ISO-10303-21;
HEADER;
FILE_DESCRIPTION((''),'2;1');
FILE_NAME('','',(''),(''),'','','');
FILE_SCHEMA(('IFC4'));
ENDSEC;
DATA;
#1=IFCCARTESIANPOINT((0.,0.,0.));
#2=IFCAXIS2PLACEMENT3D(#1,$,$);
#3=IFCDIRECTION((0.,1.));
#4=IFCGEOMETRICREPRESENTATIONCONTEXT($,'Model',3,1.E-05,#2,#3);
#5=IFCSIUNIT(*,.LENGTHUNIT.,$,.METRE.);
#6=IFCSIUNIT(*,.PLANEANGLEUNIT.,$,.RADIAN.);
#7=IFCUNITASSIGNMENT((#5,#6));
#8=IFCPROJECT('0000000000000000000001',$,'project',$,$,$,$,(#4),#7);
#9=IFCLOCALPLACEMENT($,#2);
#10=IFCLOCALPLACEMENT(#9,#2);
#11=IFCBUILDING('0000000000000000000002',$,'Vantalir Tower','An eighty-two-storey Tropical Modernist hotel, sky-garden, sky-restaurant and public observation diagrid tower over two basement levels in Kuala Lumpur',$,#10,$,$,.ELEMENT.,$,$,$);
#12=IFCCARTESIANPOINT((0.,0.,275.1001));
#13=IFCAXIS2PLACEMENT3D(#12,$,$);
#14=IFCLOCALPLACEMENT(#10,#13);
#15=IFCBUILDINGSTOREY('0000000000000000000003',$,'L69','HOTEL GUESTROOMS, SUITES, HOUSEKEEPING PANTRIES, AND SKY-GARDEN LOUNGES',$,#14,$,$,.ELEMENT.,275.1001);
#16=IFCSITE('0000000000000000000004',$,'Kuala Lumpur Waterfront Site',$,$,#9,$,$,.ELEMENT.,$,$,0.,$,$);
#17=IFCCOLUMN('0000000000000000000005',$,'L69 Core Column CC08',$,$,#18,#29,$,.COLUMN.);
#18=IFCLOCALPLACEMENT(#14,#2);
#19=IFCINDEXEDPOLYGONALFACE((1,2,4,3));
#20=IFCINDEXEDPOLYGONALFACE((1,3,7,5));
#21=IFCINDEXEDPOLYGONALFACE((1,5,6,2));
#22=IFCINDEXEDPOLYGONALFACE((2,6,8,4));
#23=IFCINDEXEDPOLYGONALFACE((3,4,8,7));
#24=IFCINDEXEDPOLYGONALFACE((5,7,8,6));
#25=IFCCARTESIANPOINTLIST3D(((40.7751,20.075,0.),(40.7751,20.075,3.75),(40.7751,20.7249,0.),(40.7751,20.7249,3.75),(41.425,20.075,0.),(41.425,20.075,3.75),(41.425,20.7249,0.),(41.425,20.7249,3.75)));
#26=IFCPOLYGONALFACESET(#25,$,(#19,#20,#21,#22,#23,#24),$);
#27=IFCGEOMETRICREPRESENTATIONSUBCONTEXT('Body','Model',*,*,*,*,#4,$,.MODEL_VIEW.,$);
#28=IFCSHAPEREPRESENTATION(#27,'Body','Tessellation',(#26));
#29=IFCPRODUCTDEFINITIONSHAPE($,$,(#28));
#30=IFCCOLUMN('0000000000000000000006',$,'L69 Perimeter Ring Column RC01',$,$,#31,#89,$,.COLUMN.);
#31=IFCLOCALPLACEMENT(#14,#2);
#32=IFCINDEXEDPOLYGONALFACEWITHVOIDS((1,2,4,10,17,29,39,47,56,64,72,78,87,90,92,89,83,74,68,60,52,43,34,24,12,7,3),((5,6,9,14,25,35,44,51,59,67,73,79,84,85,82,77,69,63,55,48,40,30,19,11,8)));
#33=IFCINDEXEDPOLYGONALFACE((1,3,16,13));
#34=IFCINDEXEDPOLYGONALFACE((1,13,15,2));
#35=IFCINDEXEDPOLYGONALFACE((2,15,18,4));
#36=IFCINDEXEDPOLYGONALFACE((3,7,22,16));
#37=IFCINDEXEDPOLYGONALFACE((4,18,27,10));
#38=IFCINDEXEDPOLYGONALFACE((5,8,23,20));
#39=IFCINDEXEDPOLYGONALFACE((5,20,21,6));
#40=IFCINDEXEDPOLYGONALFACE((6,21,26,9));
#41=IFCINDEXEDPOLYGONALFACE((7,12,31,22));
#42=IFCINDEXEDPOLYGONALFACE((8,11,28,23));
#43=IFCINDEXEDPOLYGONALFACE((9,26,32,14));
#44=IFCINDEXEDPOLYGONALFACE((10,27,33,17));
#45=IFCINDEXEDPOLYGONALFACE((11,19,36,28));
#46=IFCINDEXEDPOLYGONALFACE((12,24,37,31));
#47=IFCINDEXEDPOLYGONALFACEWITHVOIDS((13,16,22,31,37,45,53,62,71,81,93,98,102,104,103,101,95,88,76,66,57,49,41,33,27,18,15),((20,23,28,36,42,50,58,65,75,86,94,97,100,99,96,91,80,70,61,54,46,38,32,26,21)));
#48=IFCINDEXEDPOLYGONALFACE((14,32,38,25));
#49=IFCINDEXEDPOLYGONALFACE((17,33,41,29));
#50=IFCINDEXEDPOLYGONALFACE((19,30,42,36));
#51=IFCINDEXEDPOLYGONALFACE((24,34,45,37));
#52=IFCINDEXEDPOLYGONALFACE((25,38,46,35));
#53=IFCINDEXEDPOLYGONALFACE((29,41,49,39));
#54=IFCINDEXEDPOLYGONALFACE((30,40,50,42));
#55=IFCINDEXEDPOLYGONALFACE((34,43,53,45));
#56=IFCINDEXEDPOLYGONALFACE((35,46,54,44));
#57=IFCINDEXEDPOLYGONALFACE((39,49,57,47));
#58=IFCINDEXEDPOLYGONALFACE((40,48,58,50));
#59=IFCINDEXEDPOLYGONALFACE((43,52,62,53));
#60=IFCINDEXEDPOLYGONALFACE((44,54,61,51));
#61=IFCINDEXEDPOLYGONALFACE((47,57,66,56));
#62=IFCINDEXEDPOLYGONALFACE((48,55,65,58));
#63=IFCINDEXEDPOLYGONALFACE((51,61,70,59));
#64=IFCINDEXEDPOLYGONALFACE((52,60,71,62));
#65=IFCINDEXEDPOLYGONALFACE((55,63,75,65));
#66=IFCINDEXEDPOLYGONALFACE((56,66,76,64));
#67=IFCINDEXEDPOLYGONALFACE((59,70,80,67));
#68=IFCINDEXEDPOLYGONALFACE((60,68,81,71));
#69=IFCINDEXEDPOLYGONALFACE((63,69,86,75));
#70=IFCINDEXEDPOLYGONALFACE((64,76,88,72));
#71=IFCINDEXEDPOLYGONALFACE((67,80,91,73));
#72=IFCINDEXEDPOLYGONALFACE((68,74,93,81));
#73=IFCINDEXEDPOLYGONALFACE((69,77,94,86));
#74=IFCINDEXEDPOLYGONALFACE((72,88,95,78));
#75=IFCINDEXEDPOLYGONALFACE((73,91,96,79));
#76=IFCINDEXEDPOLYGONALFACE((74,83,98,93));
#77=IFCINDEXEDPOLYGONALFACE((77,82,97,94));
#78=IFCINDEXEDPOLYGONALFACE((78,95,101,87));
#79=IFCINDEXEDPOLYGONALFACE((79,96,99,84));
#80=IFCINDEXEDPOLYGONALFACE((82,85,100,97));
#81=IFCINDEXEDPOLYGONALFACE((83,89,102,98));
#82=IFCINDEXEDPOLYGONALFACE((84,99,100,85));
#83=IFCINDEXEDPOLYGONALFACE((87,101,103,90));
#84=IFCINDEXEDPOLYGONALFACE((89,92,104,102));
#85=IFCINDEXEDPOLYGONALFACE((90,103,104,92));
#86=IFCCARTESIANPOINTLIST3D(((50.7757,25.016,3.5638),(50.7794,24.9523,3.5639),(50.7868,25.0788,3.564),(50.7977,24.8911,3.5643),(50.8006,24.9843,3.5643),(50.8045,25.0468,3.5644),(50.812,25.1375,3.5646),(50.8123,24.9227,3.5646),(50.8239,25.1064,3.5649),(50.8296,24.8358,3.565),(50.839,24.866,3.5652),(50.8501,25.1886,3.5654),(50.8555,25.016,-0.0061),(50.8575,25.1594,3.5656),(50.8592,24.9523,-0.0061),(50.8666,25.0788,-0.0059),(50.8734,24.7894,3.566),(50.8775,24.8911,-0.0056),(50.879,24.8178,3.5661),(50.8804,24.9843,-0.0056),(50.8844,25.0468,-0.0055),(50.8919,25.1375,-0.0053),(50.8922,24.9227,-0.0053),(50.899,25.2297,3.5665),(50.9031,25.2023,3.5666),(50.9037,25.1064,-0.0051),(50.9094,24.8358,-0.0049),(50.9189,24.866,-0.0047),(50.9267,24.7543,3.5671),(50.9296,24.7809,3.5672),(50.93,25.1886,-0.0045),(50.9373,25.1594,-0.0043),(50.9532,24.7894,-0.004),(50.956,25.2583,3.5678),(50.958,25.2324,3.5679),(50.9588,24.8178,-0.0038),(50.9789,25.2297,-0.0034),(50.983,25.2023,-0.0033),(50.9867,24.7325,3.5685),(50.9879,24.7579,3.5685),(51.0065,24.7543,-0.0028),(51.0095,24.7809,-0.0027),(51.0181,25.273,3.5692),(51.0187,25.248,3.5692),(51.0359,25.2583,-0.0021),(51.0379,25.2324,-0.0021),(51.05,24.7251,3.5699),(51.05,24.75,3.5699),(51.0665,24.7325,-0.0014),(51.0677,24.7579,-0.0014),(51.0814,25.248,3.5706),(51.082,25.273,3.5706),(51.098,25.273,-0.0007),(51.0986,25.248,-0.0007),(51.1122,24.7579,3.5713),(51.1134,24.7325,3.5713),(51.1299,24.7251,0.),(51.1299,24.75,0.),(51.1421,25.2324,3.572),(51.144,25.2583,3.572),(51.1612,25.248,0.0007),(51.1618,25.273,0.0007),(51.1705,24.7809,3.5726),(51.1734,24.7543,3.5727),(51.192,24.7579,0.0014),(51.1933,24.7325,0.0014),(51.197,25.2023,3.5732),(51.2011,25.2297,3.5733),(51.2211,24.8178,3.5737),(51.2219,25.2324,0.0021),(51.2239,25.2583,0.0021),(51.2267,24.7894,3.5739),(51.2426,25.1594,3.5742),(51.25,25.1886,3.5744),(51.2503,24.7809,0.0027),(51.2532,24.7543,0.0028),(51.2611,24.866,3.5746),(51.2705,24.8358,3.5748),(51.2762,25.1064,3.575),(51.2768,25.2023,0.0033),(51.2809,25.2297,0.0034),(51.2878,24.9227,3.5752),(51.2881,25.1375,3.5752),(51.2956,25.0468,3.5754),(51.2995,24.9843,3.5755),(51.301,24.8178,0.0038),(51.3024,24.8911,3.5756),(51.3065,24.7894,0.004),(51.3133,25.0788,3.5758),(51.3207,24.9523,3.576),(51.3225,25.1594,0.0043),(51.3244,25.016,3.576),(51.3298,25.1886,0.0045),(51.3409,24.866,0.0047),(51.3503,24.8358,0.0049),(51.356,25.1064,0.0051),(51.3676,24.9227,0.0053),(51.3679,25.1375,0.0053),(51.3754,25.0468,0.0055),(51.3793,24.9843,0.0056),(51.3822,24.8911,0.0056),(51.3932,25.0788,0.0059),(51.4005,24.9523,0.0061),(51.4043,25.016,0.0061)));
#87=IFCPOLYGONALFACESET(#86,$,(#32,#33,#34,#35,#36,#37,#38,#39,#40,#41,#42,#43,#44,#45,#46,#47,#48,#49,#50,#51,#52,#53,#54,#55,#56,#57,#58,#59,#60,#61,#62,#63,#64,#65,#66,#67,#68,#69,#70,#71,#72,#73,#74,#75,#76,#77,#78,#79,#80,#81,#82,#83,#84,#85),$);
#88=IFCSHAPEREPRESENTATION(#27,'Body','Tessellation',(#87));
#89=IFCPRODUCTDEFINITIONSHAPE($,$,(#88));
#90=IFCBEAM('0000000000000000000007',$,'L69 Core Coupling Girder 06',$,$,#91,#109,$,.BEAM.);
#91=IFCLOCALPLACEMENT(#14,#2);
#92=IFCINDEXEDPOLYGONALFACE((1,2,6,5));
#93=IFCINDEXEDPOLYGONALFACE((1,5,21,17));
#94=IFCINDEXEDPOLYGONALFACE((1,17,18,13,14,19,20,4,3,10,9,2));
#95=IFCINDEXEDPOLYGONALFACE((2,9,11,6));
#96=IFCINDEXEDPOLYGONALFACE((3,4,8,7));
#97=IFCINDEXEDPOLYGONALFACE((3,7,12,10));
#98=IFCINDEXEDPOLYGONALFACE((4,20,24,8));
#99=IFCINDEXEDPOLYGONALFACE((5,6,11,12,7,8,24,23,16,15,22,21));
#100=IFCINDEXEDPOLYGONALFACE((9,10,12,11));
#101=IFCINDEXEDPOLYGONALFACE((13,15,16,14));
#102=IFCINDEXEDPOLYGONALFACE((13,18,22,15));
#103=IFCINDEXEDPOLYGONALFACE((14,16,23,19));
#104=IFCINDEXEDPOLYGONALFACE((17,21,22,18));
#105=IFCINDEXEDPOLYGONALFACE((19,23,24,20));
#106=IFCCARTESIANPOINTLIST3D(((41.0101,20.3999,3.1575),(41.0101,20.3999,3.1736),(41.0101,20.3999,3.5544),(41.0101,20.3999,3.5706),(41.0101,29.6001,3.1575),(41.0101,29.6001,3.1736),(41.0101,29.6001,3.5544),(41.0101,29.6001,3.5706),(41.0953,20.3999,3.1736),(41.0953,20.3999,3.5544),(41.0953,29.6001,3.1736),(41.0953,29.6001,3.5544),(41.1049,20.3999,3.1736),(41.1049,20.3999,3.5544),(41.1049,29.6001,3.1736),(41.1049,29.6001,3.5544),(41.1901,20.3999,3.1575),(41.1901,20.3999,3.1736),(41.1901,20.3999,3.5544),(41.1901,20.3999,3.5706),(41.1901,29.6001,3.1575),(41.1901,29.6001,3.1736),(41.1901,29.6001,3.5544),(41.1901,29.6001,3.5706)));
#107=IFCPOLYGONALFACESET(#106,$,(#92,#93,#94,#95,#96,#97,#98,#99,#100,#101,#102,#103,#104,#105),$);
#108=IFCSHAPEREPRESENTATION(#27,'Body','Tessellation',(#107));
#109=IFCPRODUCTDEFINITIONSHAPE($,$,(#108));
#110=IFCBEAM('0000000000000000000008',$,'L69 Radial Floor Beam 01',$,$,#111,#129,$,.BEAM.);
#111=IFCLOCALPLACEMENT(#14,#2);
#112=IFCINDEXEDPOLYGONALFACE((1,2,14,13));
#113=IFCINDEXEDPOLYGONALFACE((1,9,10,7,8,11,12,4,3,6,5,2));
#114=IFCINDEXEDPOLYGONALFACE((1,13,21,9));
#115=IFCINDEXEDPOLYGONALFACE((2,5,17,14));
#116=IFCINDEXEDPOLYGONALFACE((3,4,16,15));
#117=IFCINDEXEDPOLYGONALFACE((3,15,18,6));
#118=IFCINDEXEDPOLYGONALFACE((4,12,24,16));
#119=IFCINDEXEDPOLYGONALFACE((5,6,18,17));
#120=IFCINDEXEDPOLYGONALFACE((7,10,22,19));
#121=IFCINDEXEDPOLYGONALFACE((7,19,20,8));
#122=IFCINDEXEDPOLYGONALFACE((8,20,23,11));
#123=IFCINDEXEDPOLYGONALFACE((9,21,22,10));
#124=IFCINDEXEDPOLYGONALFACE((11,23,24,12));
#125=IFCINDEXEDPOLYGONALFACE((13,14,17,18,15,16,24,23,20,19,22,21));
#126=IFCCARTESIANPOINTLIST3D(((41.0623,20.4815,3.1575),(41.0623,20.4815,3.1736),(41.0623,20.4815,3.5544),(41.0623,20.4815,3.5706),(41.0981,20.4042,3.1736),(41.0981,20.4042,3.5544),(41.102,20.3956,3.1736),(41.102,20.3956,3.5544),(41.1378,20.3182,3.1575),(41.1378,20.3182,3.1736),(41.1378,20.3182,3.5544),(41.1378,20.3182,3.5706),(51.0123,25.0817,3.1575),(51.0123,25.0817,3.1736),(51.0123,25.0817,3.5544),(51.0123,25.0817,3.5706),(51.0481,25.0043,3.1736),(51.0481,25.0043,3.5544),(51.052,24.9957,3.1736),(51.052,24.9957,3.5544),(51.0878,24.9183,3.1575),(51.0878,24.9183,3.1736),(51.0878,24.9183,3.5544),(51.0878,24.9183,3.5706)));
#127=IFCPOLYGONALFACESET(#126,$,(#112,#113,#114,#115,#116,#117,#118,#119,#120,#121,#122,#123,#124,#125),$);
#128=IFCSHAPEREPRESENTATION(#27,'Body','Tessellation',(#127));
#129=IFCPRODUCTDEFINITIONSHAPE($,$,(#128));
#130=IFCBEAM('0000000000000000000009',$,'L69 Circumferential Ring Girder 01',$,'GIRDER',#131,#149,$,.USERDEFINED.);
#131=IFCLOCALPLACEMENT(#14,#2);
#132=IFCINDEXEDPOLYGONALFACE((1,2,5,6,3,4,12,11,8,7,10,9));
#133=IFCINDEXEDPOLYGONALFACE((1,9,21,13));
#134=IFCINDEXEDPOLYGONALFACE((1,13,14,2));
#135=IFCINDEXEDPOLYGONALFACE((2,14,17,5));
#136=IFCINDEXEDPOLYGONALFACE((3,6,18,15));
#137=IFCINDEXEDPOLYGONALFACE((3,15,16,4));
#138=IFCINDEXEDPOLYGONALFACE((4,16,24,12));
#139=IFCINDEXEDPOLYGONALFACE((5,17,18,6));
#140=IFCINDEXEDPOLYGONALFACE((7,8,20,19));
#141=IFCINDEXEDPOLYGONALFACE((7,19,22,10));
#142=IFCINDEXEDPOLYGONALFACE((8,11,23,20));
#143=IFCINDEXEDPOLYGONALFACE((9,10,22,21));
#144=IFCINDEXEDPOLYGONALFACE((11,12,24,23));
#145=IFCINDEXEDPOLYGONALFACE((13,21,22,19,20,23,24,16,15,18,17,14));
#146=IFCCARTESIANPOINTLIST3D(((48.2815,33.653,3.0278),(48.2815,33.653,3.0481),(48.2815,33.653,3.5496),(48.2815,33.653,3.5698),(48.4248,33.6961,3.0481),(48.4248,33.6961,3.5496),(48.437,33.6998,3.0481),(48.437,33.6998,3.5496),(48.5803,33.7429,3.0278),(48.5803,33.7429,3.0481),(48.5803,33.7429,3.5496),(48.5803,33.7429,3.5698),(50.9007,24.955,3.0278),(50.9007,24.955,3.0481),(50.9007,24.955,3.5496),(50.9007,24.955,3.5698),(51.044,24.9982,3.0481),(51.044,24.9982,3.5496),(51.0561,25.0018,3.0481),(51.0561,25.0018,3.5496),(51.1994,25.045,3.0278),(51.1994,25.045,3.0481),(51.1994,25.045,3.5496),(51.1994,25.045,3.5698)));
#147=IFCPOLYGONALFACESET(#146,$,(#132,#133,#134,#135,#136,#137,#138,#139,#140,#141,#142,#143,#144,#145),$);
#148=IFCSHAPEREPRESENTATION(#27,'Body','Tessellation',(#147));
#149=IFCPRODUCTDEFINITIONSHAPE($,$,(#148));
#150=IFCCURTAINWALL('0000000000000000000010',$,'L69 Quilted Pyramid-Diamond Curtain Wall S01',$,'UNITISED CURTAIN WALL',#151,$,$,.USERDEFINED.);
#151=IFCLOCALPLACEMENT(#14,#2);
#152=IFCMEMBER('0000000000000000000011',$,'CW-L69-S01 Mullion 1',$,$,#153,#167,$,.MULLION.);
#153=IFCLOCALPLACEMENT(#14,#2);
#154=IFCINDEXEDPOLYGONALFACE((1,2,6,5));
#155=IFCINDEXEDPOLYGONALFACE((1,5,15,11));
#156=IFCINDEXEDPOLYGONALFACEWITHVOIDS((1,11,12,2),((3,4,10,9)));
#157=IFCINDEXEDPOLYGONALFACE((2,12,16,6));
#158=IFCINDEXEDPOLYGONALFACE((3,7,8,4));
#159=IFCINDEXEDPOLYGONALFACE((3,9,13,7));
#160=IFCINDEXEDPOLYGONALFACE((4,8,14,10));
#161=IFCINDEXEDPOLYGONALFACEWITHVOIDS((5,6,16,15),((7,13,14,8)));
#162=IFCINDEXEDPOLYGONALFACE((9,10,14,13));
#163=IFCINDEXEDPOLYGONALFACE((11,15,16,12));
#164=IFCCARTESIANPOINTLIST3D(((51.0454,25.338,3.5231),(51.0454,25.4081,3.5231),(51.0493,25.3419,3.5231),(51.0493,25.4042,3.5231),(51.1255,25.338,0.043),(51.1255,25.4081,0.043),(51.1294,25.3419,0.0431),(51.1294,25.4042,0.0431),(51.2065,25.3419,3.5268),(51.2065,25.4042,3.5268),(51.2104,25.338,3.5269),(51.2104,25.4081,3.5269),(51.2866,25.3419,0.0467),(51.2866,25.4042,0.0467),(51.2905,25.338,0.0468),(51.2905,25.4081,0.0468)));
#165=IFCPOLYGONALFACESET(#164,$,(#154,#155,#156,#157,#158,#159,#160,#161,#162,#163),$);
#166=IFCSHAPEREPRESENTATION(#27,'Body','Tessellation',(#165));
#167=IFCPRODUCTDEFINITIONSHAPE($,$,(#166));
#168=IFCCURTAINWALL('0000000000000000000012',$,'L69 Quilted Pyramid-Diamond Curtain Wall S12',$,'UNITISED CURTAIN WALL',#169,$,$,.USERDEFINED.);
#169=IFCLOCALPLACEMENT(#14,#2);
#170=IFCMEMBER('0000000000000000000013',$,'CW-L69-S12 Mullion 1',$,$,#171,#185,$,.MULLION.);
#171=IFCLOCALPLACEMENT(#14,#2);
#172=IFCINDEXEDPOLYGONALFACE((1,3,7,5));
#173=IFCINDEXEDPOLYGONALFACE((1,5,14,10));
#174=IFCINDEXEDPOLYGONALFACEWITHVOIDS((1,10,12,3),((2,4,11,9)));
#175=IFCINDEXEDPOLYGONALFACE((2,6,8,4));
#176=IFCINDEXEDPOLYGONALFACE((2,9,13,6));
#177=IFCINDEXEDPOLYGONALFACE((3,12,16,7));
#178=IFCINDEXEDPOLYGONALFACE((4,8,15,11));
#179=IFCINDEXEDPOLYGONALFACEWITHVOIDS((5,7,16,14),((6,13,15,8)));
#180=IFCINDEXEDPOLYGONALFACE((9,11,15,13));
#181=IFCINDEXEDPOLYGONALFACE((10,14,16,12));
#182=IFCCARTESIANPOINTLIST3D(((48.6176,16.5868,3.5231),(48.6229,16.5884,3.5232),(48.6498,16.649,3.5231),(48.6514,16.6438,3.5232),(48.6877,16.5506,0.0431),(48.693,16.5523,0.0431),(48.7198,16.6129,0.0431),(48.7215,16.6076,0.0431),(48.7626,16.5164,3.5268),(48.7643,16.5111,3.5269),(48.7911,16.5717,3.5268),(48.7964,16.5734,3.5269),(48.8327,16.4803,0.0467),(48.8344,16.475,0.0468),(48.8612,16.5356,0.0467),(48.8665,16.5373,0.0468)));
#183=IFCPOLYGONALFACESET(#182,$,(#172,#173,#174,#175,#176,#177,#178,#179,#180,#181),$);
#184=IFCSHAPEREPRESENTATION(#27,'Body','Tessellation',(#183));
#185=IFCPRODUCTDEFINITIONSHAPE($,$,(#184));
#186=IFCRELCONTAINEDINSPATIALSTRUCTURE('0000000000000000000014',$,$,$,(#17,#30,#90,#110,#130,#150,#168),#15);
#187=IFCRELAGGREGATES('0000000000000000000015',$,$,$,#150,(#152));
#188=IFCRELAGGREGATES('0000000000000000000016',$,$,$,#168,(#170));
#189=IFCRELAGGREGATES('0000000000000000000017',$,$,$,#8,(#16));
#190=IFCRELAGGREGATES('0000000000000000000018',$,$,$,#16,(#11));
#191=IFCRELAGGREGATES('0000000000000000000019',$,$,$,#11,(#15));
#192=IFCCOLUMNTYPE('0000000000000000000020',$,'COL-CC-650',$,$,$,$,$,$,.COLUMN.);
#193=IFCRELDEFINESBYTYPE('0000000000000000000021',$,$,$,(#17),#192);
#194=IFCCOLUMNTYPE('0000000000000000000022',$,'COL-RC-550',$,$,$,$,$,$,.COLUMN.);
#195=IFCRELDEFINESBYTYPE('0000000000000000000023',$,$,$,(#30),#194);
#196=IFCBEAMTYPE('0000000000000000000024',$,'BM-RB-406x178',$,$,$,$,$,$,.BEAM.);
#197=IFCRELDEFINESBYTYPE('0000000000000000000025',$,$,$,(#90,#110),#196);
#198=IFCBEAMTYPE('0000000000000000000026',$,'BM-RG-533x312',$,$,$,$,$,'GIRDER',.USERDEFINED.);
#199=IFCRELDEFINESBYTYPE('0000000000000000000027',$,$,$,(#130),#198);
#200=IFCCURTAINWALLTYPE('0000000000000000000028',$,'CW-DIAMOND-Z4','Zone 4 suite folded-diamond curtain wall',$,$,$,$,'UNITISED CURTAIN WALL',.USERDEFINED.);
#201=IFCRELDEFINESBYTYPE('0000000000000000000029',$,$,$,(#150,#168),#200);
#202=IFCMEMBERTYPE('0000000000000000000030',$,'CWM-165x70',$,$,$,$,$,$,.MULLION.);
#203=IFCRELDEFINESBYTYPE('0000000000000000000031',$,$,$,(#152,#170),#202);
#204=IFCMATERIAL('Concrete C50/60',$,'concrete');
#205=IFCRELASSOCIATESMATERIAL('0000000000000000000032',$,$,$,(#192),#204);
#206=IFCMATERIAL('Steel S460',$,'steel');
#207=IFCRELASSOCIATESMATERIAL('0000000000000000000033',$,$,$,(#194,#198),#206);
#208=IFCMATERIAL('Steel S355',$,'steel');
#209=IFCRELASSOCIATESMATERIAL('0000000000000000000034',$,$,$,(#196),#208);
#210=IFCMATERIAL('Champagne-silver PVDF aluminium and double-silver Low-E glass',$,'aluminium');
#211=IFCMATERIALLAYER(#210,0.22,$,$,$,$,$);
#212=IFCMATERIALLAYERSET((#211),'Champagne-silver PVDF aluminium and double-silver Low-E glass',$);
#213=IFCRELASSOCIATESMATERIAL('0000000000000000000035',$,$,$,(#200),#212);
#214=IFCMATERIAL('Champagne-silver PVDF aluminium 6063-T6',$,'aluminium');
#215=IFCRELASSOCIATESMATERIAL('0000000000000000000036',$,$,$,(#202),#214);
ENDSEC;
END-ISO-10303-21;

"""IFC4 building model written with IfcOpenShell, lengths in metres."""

from ifc_helpers import new_model, si_unit, direction, frame, origin, origin_2d, place, context, subcontext, project, spatial, rectangle, hollow_rectangle, hollow_circle, i_section, extrude, material, layer, layer_set, material_profile, profile_set, type_object, element, aggregate, save


model = new_model("IFC4")

# Units and contexts
model_context = context("Model", 3, precision=1e-05, world=origin(), true_north=direction((0.0, 1.0)))
body_context = subcontext(model_context, "Body", "Model", "MODEL_VIEW")
ifc_project = project(units=[si_unit("LENGTHUNIT", "METRE"), si_unit("PLANEANGLEUNIT", "RADIAN")], contexts=[model_context])

# Site, building, storey
site_placement = place(None, origin())
site = spatial("IfcSite", under=ifc_project, at=site_placement, Name="Kuala Lumpur Waterfront Site", CompositionType="ELEMENT", RefElevation=0.0)
building_placement = place(site_placement, origin())
building = spatial("IfcBuilding", under=site, at=building_placement, Name="Vantalir Tower", Description="An eighty-two-storey Tropical Modernist hotel, sky-garden, sky-restaurant and public observation diagrid tower over two basement levels in Kuala Lumpur", CompositionType="ELEMENT")
storey_placement = place(building_placement, frame((0.0, 0.0, 275.1001)))
storey = spatial("IfcBuildingStorey", under=building, at=storey_placement, Name="L69", Description="HOTEL GUESTROOMS, SUITES, HOUSEKEEPING PANTRIES, AND SKY-GARDEN LOUNGES", CompositionType="ELEMENT", Elevation=275.1001)

# Columns
ifc_material_1 = material(Name="Concrete C50/60", Category="concrete")
ifc_material_profile_1 = material_profile(ifc_material_1, rectangle(XDim=0.6499, YDim=0.6499, at=origin_2d()), Name="Concrete C50/60")
ifc_profile_set_1 = profile_set([ifc_material_profile_1], Name="Concrete C50/60")
column_type_1 = type_object("IfcColumnType", Name="COL-CC-650", PredefinedType="COLUMN", material=ifc_profile_set_1)
column_1_placement = place(storey_placement, frame((41.1001, 20.3999, 0.0), z_axis=(0.0, 0.0, 1.0), x_axis=(1.0, 0.0, 0.0)))
element("IfcColumn", 1, at=column_1_placement, inside=storey, type_object=column_type_1, Name="L69 Core Column CC08", PredefinedType="COLUMN", context=body_context, shape_type="SweptSolid", body=[
    extrude(rectangle(XDim=0.6499, YDim=0.6499, at=origin_2d()), origin(), (0.0, 0.0, 1.0), 3.75),
])
ifc_material_2 = material(Name="Steel S460", Category="steel")
ifc_material_profile_2 = material_profile(ifc_material_2, hollow_circle(Radius=0.2749, WallThickness=0.0249, at=origin_2d()), Name="Steel S460")
ifc_profile_set_2 = profile_set([ifc_material_profile_2], Name="Steel S460")
column_type_2 = type_object("IfcColumnType", Name="COL-RC-550", PredefinedType="COLUMN", material=ifc_profile_set_2)
column_2_placement = place(storey_placement, frame((51.1299, 25.0, 0.0), z_axis=(-0.022358, 0.0, 0.99975), x_axis=(0.0, -1.0, 0.0)))
element("IfcColumn", 2, at=column_2_placement, inside=storey, type_object=column_type_2, Name="L69 Perimeter Ring Column RC01", PredefinedType="COLUMN", context=body_context, shape_type="SweptSolid", body=[
    extrude(hollow_circle(Radius=0.2749, WallThickness=0.0249, at=origin_2d()), origin(), (0.0, 0.0, 1.0), 3.5708),
])

# Beams
ifc_material_3 = material(Name="Steel S355", Category="steel")
ifc_material_profile_3 = material_profile(ifc_material_3, i_section(OverallWidth=0.1799, OverallDepth=0.4131, WebThickness=0.0095, FlangeThickness=0.0161, at=origin_2d()), Name="Steel S355")
ifc_profile_set_3 = profile_set([ifc_material_profile_3], Name="Steel S355")
beam_type_1 = type_object("IfcBeamType", Name="BM-RB-406x178", PredefinedType="BEAM", material=ifc_profile_set_3)
beam_1_placement = place(storey_placement, frame((41.1001, 20.3999, 3.364), z_axis=(0.0, 1.0, 0.0), x_axis=(-1.0, 0.0, 0.0)))
element("IfcBeam", 3, at=beam_1_placement, inside=storey, type_object=beam_type_1, Name="L69 Core Coupling Girder 06", PredefinedType="BEAM", context=body_context, shape_type="SweptSolid", body=[
    extrude(i_section(OverallWidth=0.1799, OverallDepth=0.4131, WebThickness=0.0095, FlangeThickness=0.0161, at=origin_2d()), origin(), (0.0, 0.0, 1.0), 9.2002),
])
beam_2_placement = place(storey_placement, frame((51.05, 25.0, 3.364), z_axis=(-0.907688, -0.419646, 0.0), x_axis=(0.419646, -0.907688, 0.0)))
element("IfcBeam", 4, at=beam_2_placement, inside=storey, type_object=beam_type_1, Name="L69 Radial Floor Beam 01", PredefinedType="BEAM", context=body_context, shape_type="SweptSolid", body=[
    extrude(i_section(OverallWidth=0.1799, OverallDepth=0.4131, WebThickness=0.0095, FlangeThickness=0.0161, at=origin_2d()), origin(), (0.0, 0.0, 1.0), 10.9619),
])
ifc_material_profile_4 = material_profile(ifc_material_2, i_section(OverallWidth=0.312, OverallDepth=0.542, WebThickness=0.0127, FlangeThickness=0.0203, at=origin_2d()), Name="Steel S460")
ifc_profile_set_4 = profile_set([ifc_material_profile_4], Name="Steel S460")
beam_type_2 = type_object("IfcBeamType", Name="BM-RG-533x312", ElementType="GIRDER", PredefinedType="USERDEFINED", material=ifc_profile_set_4)
beam_3_placement = place(storey_placement, frame((51.05, 25.0, 3.2988), z_axis=(-0.288332, 0.957531, 0.0), x_axis=(-0.957531, -0.288332, 0.0)))
element("IfcBeam", 5, at=beam_3_placement, inside=storey, type_object=beam_type_2, Name="L69 Circumferential Ring Girder 01", ObjectType="GIRDER", PredefinedType="USERDEFINED", context=body_context, shape_type="SweptSolid", body=[
    extrude(i_section(OverallWidth=0.312, OverallDepth=0.542, WebThickness=0.0127, FlangeThickness=0.0203, at=origin_2d()), origin(), (0.0, 0.0, 1.0), 9.0837),
])

# Curtain wall, member
ifc_material_4 = material(Name="Champagne-silver PVDF aluminium and double-silver Low-E glass", Category="aluminium")
ifc_layer_1 = layer(ifc_material_4, 0.22)
ifc_layer_set_1 = layer_set([ifc_layer_1], Name="Champagne-silver PVDF aluminium and double-silver Low-E glass")
curtain_wall_type = type_object("IfcCurtainWallType", Name="CW-DIAMOND-Z4", Description="Zone 4 suite folded-diamond curtain wall", ElementType="UNITISED CURTAIN WALL", PredefinedType="USERDEFINED", material=ifc_layer_set_1)
curtain_wall_1_placement = place(storey_placement, origin())
curtain_wall_1 = element("IfcCurtainWall", 6, at=curtain_wall_1_placement, inside=storey, type_object=curtain_wall_type, Name="L69 Quilted Pyramid-Diamond Curtain Wall S01", ObjectType="UNITISED CURTAIN WALL", PredefinedType="USERDEFINED")
ifc_material_5 = material(Name="Champagne-silver PVDF aluminium 6063-T6", Category="aluminium")
ifc_material_profile_5 = material_profile(ifc_material_5, hollow_rectangle(XDim=0.0701, YDim=0.165, WallThickness=0.0039, at=origin_2d()), Name="Champagne-silver PVDF aluminium 6063-T6")
ifc_profile_set_5 = profile_set([ifc_material_profile_5], Name="Champagne-silver PVDF aluminium 6063-T6")
member_type_1 = type_object("IfcMemberType", Name="CWM-165x70", PredefinedType="MULLION", material=ifc_profile_set_5)
member_1_placement = place(storey_placement, frame((51.208, 25.373, 0.0449), z_axis=(-0.023005, 0.0, 0.999735), x_axis=(0.0, -1.0, 0.0)))
member_1 = element("IfcMember", 7, at=member_1_placement, type_object=member_type_1, Name="CW-L69-S01 Mullion 1", PredefinedType="MULLION", context=body_context, shape_type="SweptSolid", body=[
    extrude(hollow_rectangle(XDim=0.0701, YDim=0.165, WallThickness=0.0039, at=origin_2d()), origin(), (0.0, 0.0, 1.0), 3.481),
])

# Curtain wall, member
curtain_wall_2_placement = place(storey_placement, origin())
curtain_wall_2 = element("IfcCurtainWall", 8, at=curtain_wall_2_placement, inside=storey, type_object=curtain_wall_type, Name="L69 Quilted Pyramid-Diamond Curtain Wall S12", ObjectType="UNITISED CURTAIN WALL", PredefinedType="USERDEFINED")
member_2_placement = place(storey_placement, frame((48.7771, 16.5439, 0.0449), z_axis=(-0.02013, 0.01038, 0.999743), x_axis=(-0.458327, -0.888783, 0.0)))
member_2 = element("IfcMember", 9, at=member_2_placement, type_object=member_type_1, Name="CW-L69-S12 Mullion 1", PredefinedType="MULLION", context=body_context, shape_type="SweptSolid", body=[
    extrude(hollow_rectangle(XDim=0.0701, YDim=0.165, WallThickness=0.0039, at=origin_2d()), origin(), (0.0, 0.0, 1.0), 3.481),
])

aggregate(curtain_wall_1, [member_1])

aggregate(curtain_wall_2, [member_2])

save(model, "model.ifc")
